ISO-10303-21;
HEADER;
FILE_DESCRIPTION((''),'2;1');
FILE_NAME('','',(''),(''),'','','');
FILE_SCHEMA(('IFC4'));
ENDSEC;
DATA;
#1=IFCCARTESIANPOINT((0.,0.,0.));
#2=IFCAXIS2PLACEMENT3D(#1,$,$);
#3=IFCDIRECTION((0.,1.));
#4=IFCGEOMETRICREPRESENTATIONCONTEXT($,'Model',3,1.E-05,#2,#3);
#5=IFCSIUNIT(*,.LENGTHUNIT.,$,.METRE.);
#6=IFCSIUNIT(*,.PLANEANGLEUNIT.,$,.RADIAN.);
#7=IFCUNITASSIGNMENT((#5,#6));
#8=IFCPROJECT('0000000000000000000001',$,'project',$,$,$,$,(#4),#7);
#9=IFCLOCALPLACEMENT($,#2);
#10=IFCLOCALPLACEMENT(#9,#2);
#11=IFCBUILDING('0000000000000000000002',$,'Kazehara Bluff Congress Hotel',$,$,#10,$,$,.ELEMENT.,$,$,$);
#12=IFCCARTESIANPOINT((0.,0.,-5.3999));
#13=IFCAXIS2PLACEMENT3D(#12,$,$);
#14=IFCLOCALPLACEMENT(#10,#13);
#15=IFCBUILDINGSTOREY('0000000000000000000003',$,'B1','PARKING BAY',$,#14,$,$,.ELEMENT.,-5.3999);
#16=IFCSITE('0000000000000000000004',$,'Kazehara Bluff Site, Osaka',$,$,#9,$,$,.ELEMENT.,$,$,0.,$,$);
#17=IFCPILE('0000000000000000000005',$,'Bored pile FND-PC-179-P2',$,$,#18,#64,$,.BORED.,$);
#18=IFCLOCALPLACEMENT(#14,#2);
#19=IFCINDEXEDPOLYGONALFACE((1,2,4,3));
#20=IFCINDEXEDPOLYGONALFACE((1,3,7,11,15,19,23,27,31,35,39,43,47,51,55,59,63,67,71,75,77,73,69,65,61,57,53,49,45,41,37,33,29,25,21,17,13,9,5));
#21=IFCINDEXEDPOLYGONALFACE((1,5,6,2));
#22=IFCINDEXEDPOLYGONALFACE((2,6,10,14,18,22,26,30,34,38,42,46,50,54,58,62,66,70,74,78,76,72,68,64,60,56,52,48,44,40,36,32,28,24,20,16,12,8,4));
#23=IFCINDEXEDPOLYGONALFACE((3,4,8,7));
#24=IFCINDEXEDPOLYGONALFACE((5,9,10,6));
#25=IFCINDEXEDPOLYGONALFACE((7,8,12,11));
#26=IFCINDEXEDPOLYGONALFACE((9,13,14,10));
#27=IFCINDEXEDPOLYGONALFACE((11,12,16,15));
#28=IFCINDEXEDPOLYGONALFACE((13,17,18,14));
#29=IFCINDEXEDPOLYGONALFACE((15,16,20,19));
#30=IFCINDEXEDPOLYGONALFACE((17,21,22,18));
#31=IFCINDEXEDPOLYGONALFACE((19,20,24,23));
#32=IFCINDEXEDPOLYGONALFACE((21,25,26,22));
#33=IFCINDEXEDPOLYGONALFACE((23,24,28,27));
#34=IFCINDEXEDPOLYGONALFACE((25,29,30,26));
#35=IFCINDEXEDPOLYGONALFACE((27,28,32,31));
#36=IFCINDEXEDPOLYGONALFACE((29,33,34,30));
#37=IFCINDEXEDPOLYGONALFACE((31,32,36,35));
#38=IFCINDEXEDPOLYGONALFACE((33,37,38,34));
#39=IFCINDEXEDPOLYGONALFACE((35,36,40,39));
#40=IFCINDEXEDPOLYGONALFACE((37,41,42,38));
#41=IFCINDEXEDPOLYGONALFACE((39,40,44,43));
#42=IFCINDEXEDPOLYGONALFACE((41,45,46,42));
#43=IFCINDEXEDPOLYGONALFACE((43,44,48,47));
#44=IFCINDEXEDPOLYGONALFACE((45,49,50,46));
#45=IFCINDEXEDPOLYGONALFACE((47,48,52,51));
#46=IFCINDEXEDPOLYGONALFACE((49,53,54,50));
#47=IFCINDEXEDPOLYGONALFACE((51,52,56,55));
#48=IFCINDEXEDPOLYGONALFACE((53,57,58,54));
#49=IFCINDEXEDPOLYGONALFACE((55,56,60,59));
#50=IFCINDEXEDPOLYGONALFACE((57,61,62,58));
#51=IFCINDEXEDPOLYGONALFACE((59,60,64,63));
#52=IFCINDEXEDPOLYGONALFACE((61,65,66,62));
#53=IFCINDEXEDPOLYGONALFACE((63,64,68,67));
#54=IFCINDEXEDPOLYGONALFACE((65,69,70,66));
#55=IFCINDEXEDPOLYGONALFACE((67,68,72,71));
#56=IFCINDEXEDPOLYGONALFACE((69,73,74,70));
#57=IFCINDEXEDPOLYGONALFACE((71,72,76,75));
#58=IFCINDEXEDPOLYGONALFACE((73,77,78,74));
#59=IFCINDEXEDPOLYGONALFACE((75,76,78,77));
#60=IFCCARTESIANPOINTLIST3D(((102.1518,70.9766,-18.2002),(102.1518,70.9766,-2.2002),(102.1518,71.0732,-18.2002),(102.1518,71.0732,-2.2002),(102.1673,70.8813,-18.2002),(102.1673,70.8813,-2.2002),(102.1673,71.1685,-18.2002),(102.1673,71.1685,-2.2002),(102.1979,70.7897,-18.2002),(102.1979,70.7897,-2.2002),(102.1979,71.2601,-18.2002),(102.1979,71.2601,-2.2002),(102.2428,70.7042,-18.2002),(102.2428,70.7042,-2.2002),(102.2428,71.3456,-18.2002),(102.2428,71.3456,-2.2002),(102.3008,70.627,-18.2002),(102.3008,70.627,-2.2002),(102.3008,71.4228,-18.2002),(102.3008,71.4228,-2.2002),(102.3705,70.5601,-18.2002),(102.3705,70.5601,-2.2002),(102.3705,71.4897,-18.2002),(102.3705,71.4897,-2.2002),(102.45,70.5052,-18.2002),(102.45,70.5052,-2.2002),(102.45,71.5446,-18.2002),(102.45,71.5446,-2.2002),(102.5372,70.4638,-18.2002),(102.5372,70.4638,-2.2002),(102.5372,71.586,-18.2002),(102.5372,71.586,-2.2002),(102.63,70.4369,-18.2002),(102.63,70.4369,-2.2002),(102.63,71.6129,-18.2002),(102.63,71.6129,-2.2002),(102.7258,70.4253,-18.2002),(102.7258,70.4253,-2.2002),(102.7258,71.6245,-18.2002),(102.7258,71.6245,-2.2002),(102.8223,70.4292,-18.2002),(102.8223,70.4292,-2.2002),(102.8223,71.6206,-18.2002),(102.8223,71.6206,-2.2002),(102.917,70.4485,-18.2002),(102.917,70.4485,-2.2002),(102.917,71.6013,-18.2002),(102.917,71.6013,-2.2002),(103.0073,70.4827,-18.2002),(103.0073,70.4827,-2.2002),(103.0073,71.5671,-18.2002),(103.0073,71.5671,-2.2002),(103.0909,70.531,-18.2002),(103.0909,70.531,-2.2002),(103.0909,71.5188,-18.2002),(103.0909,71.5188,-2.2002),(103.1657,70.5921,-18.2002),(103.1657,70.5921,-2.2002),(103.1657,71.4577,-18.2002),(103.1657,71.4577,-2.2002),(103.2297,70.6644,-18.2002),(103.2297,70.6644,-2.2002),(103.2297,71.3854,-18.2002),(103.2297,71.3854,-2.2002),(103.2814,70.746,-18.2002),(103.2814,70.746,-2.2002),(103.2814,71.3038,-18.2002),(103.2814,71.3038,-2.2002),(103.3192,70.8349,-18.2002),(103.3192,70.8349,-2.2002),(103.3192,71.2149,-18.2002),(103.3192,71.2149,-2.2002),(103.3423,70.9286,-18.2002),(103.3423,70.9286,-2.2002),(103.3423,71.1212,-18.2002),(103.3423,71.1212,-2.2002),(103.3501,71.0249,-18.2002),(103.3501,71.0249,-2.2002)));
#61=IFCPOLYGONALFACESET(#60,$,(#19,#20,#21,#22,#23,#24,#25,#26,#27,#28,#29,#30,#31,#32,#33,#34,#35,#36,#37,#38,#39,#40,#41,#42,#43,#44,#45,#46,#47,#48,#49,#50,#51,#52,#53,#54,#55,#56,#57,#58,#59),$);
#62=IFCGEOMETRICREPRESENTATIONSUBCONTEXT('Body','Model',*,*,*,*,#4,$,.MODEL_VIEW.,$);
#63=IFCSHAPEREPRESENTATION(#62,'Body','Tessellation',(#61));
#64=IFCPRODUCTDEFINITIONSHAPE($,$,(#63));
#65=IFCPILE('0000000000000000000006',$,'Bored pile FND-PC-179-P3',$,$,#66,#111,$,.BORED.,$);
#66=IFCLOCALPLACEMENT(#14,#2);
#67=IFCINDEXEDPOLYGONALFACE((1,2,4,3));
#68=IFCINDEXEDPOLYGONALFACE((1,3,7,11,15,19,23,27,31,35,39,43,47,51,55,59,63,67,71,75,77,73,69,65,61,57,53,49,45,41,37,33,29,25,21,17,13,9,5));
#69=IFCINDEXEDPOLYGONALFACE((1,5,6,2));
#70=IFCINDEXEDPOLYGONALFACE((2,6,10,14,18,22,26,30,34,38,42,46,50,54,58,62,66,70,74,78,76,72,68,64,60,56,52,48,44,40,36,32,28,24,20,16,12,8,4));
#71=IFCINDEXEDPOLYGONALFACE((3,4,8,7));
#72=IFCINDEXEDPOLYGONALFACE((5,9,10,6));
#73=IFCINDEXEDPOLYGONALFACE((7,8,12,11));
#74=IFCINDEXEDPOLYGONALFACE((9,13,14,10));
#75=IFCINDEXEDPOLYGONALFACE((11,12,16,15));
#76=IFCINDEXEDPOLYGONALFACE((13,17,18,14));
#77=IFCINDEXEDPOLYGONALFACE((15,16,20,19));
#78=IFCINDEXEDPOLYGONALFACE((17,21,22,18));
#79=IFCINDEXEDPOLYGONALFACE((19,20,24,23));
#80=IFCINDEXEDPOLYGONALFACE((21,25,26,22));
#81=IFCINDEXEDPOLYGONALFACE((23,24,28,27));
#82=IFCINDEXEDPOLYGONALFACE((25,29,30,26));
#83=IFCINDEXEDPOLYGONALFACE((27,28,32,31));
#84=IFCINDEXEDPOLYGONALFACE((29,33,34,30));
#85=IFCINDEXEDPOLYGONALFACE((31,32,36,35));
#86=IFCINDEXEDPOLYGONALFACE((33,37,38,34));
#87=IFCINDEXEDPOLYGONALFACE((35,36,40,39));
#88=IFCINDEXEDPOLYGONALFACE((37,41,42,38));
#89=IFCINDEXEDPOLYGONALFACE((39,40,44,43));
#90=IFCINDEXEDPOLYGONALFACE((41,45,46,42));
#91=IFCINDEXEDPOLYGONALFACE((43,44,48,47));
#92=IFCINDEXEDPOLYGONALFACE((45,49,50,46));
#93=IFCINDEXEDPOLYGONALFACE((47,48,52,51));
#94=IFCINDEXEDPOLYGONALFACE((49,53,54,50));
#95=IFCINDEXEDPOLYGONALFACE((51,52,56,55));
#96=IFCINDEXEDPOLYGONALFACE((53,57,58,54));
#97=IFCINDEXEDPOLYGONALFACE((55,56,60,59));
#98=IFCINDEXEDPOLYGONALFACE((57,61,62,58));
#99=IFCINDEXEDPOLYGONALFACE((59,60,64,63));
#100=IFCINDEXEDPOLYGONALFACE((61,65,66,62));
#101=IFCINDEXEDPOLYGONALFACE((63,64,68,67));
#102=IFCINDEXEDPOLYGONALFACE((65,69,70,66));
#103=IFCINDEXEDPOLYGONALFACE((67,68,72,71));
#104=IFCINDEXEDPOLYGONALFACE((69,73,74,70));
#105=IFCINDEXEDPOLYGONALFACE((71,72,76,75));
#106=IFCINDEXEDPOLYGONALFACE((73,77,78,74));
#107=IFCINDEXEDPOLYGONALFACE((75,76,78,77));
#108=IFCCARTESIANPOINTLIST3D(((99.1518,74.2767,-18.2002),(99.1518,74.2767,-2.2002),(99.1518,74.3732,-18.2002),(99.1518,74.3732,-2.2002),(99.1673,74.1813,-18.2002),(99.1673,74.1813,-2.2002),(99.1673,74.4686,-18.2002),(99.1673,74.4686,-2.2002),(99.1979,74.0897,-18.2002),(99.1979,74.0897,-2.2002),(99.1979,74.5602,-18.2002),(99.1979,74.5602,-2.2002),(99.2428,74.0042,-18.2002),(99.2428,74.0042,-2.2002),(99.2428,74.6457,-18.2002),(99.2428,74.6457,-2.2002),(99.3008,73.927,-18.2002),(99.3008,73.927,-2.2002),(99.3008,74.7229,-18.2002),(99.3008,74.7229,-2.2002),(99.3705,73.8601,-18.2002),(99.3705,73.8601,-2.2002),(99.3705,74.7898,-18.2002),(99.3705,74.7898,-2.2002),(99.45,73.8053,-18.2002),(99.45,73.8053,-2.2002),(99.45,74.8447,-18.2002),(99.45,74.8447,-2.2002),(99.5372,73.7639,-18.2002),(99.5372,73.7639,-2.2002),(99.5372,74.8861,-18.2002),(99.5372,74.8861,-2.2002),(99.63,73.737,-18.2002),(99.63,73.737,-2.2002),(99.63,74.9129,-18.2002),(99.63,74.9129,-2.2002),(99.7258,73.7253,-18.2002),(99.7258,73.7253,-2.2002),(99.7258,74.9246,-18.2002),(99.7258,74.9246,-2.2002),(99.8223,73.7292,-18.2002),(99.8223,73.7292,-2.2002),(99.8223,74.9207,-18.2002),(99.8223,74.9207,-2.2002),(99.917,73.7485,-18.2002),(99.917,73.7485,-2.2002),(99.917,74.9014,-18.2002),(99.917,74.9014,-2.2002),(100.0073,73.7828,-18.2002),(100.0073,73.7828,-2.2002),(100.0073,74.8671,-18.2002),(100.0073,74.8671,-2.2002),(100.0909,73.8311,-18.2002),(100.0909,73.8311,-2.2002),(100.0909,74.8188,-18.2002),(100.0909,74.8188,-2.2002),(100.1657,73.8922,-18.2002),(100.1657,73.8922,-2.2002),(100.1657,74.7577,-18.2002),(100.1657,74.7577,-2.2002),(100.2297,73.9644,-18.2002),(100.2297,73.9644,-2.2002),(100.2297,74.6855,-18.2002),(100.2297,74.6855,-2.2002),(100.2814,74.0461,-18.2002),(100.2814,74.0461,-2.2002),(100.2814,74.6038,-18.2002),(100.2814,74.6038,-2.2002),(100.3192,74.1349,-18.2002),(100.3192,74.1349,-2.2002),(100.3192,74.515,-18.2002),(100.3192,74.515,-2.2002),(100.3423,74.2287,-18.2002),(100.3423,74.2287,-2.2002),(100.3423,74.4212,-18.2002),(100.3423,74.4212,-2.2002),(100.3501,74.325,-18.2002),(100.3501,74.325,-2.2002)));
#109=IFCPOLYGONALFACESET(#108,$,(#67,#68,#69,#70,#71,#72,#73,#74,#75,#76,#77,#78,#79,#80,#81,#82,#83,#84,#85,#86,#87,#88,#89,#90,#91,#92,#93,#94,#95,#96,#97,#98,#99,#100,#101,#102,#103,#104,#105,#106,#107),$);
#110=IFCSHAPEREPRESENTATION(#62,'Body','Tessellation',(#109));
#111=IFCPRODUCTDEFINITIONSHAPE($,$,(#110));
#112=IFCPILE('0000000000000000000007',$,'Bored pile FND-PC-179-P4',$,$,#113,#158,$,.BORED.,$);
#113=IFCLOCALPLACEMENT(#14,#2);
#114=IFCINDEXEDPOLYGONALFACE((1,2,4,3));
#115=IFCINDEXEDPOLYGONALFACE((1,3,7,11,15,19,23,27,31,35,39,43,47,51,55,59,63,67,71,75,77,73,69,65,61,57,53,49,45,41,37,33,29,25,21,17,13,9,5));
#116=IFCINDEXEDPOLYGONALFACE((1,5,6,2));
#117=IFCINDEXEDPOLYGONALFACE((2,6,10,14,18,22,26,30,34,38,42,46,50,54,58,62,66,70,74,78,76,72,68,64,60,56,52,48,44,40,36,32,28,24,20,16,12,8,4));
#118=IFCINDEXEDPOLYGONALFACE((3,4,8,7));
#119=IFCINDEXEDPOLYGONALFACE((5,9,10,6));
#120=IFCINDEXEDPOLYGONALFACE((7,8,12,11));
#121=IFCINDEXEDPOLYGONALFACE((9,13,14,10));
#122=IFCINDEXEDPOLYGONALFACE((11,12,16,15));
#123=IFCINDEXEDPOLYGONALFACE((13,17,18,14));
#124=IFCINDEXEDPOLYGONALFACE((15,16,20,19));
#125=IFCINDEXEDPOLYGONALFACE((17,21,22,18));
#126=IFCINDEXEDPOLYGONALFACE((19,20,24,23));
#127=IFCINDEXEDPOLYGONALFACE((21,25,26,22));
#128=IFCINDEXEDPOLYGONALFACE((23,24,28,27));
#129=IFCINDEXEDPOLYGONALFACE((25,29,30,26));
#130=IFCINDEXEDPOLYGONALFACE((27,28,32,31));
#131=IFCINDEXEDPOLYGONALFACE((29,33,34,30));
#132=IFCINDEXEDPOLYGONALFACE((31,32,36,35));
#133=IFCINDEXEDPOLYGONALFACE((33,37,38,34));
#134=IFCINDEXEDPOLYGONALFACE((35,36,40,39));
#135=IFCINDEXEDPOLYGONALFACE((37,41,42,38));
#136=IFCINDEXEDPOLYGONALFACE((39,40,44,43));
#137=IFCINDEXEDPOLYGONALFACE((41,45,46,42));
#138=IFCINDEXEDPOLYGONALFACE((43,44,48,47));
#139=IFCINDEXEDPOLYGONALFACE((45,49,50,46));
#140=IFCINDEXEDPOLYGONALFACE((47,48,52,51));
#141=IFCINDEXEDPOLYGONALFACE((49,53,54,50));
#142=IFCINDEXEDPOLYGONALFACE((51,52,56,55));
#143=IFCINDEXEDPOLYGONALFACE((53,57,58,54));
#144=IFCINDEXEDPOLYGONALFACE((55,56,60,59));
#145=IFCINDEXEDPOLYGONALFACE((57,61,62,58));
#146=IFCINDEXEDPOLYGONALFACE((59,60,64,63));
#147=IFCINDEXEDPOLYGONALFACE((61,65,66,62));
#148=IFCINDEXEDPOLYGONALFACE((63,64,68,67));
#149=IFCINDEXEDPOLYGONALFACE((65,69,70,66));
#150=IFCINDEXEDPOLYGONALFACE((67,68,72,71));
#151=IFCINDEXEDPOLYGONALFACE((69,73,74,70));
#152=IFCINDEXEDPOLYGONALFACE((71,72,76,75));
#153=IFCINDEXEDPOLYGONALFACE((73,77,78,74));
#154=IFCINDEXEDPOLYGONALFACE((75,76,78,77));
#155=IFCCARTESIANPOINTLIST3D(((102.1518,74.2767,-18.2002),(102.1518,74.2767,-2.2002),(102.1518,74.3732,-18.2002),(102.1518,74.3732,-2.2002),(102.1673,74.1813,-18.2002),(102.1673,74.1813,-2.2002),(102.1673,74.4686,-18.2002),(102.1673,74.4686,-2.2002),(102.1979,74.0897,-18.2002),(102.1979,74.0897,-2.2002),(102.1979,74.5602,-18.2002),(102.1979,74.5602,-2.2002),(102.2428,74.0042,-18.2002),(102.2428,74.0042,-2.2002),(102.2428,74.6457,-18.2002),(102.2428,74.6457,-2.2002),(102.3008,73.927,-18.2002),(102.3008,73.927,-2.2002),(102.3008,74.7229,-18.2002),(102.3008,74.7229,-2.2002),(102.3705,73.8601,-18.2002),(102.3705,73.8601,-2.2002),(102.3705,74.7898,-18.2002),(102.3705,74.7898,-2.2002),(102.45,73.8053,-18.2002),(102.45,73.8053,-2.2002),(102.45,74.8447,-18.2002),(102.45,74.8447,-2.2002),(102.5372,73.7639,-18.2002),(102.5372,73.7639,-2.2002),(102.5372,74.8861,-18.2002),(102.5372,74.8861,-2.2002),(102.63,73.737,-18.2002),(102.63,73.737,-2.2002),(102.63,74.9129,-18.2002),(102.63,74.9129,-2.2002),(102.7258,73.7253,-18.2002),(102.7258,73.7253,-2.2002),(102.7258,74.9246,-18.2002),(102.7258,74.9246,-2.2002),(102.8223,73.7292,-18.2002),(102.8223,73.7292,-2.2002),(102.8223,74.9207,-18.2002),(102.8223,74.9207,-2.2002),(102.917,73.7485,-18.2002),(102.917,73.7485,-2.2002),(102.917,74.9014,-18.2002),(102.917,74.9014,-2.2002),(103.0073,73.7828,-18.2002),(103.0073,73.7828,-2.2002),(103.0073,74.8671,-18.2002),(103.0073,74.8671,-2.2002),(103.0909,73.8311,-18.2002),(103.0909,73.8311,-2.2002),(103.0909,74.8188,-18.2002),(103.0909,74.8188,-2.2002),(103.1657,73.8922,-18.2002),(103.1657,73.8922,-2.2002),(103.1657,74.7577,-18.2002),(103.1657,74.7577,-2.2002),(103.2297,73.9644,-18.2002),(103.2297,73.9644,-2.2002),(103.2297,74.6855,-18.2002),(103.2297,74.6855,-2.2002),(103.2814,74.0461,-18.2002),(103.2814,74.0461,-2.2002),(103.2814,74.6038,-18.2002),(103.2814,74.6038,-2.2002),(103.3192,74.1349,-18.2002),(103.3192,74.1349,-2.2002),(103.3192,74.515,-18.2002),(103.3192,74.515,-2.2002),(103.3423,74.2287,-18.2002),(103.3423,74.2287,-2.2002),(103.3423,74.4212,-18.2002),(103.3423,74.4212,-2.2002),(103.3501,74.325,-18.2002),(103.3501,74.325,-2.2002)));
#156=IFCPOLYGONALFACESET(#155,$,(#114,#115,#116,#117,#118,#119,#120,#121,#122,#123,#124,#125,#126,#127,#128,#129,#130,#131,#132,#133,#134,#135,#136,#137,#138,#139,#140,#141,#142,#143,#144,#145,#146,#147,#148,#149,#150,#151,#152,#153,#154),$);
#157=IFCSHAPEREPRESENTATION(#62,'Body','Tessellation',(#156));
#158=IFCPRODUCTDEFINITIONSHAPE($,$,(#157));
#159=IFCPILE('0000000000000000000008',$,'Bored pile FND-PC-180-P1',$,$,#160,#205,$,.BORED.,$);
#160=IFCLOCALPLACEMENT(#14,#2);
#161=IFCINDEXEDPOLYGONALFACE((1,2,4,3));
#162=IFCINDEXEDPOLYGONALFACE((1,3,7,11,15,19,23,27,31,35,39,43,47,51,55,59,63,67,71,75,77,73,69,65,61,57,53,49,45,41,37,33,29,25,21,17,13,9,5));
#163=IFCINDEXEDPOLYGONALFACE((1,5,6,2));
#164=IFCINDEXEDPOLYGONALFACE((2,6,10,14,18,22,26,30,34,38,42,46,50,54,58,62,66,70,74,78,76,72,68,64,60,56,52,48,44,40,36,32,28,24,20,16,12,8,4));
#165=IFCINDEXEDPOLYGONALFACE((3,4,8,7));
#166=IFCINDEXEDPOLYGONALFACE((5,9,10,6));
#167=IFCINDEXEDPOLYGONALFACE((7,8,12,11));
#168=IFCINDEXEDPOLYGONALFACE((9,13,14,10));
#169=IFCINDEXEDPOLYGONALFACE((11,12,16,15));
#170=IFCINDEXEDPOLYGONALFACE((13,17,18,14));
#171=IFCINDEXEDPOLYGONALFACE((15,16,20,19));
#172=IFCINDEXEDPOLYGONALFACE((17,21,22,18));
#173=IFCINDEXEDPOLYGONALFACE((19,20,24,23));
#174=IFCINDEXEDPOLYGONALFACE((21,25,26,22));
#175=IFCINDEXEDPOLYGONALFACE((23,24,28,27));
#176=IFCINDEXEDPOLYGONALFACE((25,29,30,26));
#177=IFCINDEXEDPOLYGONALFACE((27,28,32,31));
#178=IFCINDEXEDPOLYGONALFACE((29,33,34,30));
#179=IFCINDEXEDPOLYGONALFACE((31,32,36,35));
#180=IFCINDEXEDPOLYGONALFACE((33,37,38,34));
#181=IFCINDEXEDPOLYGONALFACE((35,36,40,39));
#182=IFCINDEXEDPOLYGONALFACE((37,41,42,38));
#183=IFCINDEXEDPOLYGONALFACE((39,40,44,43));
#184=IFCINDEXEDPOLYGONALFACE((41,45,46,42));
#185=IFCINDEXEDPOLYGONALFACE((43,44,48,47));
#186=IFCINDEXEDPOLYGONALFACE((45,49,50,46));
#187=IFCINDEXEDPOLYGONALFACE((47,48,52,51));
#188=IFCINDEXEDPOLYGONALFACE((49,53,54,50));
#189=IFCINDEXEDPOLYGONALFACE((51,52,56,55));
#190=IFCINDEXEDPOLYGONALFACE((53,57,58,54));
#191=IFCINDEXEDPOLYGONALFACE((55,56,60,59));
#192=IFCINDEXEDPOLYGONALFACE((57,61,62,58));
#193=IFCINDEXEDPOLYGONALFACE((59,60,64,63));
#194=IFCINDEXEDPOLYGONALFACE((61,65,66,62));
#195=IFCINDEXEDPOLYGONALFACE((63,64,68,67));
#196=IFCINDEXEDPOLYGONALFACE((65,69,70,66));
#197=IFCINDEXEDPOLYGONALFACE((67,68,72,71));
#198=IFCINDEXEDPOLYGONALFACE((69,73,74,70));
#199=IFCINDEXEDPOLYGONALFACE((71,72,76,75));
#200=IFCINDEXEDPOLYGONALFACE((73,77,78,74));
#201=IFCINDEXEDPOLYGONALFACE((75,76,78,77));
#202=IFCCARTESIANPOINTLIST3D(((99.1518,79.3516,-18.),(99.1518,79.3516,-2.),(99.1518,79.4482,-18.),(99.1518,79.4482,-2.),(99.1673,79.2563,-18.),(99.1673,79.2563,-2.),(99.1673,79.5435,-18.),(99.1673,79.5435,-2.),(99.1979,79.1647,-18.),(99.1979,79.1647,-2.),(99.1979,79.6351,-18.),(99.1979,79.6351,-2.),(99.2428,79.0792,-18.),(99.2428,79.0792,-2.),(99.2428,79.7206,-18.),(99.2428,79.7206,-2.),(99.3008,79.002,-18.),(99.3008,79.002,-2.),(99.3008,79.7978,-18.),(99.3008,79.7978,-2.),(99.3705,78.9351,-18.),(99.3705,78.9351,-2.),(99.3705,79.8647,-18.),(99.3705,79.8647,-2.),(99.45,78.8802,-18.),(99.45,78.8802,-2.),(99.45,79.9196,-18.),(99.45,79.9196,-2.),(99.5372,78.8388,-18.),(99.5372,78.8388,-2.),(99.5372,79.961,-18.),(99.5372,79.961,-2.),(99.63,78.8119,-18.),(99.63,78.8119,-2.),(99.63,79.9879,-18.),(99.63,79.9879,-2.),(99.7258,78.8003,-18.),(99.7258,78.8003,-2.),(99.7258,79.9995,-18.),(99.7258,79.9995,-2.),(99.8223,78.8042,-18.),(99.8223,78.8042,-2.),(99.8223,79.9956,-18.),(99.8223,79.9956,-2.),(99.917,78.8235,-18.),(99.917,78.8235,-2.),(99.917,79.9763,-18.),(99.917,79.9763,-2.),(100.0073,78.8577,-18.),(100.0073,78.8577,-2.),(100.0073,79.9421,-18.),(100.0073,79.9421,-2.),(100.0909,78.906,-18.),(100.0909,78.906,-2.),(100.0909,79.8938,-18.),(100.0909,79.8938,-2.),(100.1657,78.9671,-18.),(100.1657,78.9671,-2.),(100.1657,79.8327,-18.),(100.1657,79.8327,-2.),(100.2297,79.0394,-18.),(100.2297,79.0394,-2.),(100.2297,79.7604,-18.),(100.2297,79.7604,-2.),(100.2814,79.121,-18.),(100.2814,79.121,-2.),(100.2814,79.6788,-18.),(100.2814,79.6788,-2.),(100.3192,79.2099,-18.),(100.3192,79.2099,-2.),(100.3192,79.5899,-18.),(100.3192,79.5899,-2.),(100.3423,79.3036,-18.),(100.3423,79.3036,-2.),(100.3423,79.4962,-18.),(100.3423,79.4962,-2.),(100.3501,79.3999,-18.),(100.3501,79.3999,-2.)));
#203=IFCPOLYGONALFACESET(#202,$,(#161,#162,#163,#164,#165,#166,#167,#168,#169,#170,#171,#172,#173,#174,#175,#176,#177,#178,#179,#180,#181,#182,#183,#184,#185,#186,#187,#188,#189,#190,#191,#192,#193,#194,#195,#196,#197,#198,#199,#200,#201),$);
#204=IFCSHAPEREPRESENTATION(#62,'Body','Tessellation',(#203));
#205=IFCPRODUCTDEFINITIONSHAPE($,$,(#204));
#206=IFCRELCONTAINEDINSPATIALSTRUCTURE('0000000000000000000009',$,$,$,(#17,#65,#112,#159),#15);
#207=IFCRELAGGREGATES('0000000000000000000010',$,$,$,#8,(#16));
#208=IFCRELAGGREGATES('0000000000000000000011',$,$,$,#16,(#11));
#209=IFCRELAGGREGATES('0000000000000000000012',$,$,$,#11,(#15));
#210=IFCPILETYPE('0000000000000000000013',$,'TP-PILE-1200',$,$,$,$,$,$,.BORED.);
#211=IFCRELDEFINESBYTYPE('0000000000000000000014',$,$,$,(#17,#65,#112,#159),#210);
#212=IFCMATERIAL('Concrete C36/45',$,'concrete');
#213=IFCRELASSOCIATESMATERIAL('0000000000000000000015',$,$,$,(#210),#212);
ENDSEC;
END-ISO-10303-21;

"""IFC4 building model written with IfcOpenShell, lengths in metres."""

from ifc_helpers import new_model, si_unit, direction, frame, origin, origin_2d, place, context, subcontext, project, spatial, circle, extrude, material, material_profile, profile_set, type_object, element, save


model = new_model("IFC4")

# Units and contexts
model_context = context("Model", 3, precision=1e-05, world=origin(), true_north=direction((0.0, 1.0)))
body_context = subcontext(model_context, "Body", "Model", "MODEL_VIEW")
ifc_project = project(units=[si_unit("LENGTHUNIT", "METRE"), si_unit("PLANEANGLEUNIT", "RADIAN")], contexts=[model_context])

# Site, building, storey
site_placement = place(None, origin())
site = spatial("IfcSite", under=ifc_project, at=site_placement, Name="Kazehara Bluff Site, Osaka", CompositionType="ELEMENT", RefElevation=0.0)
building_placement = place(site_placement, origin())
building = spatial("IfcBuilding", under=site, at=building_placement, Name="Kazehara Bluff Congress Hotel", CompositionType="ELEMENT")
storey_placement = place(building_placement, frame((0.0, 0.0, -5.3999)))
storey = spatial("IfcBuildingStorey", under=building, at=storey_placement, Name="B1", Description="PARKING BAY", CompositionType="ELEMENT", Elevation=-5.3999)

# Piles
ifc_material_1 = material(Name="Concrete C36/45", Category="concrete")
ifc_material_profile_1 = material_profile(ifc_material_1, circle(Radius=0.6001, at=origin_2d()))
ifc_profile_set_1 = profile_set([ifc_material_profile_1], Name="Concrete C36/45")
pile_type = type_object("IfcPileType", Name="TP-PILE-1200", PredefinedType="BORED", material=ifc_profile_set_1)
for number, where, z_axis, x_axis, name in (
    (1, (102.75, 71.0249, -2.2002), (0.0, 0.0, -1.0), (1.0, 0.0, 0.0), "Bored pile FND-PC-179-P2"),
    (2, (99.75, 74.325, -2.2002), (0.0, 0.0, -1.0), (1.0, 0.0, 0.0), "Bored pile FND-PC-179-P3"),
    (3, (102.75, 74.325, -2.2002), (0.0, 0.0, -1.0), (1.0, 0.0, 0.0), "Bored pile FND-PC-179-P4"),
    (4, (99.75, 79.3999, -2.0), (0.0, 0.0, -1.0), (1.0, 0.0, 0.0), "Bored pile FND-PC-180-P1"),
):
    element("IfcPile", number, at=place(storey_placement, frame(where, z_axis=z_axis, x_axis=x_axis)), inside=storey, type_object=pile_type, Name=name, PredefinedType="BORED", context=body_context, shape_type="SweptSolid", body=[
        extrude(circle(Radius=0.6001, at=origin_2d()), origin(), (0.0, 0.0, 1.0), 16.0),
    ])

save(model, "model.ifc")
